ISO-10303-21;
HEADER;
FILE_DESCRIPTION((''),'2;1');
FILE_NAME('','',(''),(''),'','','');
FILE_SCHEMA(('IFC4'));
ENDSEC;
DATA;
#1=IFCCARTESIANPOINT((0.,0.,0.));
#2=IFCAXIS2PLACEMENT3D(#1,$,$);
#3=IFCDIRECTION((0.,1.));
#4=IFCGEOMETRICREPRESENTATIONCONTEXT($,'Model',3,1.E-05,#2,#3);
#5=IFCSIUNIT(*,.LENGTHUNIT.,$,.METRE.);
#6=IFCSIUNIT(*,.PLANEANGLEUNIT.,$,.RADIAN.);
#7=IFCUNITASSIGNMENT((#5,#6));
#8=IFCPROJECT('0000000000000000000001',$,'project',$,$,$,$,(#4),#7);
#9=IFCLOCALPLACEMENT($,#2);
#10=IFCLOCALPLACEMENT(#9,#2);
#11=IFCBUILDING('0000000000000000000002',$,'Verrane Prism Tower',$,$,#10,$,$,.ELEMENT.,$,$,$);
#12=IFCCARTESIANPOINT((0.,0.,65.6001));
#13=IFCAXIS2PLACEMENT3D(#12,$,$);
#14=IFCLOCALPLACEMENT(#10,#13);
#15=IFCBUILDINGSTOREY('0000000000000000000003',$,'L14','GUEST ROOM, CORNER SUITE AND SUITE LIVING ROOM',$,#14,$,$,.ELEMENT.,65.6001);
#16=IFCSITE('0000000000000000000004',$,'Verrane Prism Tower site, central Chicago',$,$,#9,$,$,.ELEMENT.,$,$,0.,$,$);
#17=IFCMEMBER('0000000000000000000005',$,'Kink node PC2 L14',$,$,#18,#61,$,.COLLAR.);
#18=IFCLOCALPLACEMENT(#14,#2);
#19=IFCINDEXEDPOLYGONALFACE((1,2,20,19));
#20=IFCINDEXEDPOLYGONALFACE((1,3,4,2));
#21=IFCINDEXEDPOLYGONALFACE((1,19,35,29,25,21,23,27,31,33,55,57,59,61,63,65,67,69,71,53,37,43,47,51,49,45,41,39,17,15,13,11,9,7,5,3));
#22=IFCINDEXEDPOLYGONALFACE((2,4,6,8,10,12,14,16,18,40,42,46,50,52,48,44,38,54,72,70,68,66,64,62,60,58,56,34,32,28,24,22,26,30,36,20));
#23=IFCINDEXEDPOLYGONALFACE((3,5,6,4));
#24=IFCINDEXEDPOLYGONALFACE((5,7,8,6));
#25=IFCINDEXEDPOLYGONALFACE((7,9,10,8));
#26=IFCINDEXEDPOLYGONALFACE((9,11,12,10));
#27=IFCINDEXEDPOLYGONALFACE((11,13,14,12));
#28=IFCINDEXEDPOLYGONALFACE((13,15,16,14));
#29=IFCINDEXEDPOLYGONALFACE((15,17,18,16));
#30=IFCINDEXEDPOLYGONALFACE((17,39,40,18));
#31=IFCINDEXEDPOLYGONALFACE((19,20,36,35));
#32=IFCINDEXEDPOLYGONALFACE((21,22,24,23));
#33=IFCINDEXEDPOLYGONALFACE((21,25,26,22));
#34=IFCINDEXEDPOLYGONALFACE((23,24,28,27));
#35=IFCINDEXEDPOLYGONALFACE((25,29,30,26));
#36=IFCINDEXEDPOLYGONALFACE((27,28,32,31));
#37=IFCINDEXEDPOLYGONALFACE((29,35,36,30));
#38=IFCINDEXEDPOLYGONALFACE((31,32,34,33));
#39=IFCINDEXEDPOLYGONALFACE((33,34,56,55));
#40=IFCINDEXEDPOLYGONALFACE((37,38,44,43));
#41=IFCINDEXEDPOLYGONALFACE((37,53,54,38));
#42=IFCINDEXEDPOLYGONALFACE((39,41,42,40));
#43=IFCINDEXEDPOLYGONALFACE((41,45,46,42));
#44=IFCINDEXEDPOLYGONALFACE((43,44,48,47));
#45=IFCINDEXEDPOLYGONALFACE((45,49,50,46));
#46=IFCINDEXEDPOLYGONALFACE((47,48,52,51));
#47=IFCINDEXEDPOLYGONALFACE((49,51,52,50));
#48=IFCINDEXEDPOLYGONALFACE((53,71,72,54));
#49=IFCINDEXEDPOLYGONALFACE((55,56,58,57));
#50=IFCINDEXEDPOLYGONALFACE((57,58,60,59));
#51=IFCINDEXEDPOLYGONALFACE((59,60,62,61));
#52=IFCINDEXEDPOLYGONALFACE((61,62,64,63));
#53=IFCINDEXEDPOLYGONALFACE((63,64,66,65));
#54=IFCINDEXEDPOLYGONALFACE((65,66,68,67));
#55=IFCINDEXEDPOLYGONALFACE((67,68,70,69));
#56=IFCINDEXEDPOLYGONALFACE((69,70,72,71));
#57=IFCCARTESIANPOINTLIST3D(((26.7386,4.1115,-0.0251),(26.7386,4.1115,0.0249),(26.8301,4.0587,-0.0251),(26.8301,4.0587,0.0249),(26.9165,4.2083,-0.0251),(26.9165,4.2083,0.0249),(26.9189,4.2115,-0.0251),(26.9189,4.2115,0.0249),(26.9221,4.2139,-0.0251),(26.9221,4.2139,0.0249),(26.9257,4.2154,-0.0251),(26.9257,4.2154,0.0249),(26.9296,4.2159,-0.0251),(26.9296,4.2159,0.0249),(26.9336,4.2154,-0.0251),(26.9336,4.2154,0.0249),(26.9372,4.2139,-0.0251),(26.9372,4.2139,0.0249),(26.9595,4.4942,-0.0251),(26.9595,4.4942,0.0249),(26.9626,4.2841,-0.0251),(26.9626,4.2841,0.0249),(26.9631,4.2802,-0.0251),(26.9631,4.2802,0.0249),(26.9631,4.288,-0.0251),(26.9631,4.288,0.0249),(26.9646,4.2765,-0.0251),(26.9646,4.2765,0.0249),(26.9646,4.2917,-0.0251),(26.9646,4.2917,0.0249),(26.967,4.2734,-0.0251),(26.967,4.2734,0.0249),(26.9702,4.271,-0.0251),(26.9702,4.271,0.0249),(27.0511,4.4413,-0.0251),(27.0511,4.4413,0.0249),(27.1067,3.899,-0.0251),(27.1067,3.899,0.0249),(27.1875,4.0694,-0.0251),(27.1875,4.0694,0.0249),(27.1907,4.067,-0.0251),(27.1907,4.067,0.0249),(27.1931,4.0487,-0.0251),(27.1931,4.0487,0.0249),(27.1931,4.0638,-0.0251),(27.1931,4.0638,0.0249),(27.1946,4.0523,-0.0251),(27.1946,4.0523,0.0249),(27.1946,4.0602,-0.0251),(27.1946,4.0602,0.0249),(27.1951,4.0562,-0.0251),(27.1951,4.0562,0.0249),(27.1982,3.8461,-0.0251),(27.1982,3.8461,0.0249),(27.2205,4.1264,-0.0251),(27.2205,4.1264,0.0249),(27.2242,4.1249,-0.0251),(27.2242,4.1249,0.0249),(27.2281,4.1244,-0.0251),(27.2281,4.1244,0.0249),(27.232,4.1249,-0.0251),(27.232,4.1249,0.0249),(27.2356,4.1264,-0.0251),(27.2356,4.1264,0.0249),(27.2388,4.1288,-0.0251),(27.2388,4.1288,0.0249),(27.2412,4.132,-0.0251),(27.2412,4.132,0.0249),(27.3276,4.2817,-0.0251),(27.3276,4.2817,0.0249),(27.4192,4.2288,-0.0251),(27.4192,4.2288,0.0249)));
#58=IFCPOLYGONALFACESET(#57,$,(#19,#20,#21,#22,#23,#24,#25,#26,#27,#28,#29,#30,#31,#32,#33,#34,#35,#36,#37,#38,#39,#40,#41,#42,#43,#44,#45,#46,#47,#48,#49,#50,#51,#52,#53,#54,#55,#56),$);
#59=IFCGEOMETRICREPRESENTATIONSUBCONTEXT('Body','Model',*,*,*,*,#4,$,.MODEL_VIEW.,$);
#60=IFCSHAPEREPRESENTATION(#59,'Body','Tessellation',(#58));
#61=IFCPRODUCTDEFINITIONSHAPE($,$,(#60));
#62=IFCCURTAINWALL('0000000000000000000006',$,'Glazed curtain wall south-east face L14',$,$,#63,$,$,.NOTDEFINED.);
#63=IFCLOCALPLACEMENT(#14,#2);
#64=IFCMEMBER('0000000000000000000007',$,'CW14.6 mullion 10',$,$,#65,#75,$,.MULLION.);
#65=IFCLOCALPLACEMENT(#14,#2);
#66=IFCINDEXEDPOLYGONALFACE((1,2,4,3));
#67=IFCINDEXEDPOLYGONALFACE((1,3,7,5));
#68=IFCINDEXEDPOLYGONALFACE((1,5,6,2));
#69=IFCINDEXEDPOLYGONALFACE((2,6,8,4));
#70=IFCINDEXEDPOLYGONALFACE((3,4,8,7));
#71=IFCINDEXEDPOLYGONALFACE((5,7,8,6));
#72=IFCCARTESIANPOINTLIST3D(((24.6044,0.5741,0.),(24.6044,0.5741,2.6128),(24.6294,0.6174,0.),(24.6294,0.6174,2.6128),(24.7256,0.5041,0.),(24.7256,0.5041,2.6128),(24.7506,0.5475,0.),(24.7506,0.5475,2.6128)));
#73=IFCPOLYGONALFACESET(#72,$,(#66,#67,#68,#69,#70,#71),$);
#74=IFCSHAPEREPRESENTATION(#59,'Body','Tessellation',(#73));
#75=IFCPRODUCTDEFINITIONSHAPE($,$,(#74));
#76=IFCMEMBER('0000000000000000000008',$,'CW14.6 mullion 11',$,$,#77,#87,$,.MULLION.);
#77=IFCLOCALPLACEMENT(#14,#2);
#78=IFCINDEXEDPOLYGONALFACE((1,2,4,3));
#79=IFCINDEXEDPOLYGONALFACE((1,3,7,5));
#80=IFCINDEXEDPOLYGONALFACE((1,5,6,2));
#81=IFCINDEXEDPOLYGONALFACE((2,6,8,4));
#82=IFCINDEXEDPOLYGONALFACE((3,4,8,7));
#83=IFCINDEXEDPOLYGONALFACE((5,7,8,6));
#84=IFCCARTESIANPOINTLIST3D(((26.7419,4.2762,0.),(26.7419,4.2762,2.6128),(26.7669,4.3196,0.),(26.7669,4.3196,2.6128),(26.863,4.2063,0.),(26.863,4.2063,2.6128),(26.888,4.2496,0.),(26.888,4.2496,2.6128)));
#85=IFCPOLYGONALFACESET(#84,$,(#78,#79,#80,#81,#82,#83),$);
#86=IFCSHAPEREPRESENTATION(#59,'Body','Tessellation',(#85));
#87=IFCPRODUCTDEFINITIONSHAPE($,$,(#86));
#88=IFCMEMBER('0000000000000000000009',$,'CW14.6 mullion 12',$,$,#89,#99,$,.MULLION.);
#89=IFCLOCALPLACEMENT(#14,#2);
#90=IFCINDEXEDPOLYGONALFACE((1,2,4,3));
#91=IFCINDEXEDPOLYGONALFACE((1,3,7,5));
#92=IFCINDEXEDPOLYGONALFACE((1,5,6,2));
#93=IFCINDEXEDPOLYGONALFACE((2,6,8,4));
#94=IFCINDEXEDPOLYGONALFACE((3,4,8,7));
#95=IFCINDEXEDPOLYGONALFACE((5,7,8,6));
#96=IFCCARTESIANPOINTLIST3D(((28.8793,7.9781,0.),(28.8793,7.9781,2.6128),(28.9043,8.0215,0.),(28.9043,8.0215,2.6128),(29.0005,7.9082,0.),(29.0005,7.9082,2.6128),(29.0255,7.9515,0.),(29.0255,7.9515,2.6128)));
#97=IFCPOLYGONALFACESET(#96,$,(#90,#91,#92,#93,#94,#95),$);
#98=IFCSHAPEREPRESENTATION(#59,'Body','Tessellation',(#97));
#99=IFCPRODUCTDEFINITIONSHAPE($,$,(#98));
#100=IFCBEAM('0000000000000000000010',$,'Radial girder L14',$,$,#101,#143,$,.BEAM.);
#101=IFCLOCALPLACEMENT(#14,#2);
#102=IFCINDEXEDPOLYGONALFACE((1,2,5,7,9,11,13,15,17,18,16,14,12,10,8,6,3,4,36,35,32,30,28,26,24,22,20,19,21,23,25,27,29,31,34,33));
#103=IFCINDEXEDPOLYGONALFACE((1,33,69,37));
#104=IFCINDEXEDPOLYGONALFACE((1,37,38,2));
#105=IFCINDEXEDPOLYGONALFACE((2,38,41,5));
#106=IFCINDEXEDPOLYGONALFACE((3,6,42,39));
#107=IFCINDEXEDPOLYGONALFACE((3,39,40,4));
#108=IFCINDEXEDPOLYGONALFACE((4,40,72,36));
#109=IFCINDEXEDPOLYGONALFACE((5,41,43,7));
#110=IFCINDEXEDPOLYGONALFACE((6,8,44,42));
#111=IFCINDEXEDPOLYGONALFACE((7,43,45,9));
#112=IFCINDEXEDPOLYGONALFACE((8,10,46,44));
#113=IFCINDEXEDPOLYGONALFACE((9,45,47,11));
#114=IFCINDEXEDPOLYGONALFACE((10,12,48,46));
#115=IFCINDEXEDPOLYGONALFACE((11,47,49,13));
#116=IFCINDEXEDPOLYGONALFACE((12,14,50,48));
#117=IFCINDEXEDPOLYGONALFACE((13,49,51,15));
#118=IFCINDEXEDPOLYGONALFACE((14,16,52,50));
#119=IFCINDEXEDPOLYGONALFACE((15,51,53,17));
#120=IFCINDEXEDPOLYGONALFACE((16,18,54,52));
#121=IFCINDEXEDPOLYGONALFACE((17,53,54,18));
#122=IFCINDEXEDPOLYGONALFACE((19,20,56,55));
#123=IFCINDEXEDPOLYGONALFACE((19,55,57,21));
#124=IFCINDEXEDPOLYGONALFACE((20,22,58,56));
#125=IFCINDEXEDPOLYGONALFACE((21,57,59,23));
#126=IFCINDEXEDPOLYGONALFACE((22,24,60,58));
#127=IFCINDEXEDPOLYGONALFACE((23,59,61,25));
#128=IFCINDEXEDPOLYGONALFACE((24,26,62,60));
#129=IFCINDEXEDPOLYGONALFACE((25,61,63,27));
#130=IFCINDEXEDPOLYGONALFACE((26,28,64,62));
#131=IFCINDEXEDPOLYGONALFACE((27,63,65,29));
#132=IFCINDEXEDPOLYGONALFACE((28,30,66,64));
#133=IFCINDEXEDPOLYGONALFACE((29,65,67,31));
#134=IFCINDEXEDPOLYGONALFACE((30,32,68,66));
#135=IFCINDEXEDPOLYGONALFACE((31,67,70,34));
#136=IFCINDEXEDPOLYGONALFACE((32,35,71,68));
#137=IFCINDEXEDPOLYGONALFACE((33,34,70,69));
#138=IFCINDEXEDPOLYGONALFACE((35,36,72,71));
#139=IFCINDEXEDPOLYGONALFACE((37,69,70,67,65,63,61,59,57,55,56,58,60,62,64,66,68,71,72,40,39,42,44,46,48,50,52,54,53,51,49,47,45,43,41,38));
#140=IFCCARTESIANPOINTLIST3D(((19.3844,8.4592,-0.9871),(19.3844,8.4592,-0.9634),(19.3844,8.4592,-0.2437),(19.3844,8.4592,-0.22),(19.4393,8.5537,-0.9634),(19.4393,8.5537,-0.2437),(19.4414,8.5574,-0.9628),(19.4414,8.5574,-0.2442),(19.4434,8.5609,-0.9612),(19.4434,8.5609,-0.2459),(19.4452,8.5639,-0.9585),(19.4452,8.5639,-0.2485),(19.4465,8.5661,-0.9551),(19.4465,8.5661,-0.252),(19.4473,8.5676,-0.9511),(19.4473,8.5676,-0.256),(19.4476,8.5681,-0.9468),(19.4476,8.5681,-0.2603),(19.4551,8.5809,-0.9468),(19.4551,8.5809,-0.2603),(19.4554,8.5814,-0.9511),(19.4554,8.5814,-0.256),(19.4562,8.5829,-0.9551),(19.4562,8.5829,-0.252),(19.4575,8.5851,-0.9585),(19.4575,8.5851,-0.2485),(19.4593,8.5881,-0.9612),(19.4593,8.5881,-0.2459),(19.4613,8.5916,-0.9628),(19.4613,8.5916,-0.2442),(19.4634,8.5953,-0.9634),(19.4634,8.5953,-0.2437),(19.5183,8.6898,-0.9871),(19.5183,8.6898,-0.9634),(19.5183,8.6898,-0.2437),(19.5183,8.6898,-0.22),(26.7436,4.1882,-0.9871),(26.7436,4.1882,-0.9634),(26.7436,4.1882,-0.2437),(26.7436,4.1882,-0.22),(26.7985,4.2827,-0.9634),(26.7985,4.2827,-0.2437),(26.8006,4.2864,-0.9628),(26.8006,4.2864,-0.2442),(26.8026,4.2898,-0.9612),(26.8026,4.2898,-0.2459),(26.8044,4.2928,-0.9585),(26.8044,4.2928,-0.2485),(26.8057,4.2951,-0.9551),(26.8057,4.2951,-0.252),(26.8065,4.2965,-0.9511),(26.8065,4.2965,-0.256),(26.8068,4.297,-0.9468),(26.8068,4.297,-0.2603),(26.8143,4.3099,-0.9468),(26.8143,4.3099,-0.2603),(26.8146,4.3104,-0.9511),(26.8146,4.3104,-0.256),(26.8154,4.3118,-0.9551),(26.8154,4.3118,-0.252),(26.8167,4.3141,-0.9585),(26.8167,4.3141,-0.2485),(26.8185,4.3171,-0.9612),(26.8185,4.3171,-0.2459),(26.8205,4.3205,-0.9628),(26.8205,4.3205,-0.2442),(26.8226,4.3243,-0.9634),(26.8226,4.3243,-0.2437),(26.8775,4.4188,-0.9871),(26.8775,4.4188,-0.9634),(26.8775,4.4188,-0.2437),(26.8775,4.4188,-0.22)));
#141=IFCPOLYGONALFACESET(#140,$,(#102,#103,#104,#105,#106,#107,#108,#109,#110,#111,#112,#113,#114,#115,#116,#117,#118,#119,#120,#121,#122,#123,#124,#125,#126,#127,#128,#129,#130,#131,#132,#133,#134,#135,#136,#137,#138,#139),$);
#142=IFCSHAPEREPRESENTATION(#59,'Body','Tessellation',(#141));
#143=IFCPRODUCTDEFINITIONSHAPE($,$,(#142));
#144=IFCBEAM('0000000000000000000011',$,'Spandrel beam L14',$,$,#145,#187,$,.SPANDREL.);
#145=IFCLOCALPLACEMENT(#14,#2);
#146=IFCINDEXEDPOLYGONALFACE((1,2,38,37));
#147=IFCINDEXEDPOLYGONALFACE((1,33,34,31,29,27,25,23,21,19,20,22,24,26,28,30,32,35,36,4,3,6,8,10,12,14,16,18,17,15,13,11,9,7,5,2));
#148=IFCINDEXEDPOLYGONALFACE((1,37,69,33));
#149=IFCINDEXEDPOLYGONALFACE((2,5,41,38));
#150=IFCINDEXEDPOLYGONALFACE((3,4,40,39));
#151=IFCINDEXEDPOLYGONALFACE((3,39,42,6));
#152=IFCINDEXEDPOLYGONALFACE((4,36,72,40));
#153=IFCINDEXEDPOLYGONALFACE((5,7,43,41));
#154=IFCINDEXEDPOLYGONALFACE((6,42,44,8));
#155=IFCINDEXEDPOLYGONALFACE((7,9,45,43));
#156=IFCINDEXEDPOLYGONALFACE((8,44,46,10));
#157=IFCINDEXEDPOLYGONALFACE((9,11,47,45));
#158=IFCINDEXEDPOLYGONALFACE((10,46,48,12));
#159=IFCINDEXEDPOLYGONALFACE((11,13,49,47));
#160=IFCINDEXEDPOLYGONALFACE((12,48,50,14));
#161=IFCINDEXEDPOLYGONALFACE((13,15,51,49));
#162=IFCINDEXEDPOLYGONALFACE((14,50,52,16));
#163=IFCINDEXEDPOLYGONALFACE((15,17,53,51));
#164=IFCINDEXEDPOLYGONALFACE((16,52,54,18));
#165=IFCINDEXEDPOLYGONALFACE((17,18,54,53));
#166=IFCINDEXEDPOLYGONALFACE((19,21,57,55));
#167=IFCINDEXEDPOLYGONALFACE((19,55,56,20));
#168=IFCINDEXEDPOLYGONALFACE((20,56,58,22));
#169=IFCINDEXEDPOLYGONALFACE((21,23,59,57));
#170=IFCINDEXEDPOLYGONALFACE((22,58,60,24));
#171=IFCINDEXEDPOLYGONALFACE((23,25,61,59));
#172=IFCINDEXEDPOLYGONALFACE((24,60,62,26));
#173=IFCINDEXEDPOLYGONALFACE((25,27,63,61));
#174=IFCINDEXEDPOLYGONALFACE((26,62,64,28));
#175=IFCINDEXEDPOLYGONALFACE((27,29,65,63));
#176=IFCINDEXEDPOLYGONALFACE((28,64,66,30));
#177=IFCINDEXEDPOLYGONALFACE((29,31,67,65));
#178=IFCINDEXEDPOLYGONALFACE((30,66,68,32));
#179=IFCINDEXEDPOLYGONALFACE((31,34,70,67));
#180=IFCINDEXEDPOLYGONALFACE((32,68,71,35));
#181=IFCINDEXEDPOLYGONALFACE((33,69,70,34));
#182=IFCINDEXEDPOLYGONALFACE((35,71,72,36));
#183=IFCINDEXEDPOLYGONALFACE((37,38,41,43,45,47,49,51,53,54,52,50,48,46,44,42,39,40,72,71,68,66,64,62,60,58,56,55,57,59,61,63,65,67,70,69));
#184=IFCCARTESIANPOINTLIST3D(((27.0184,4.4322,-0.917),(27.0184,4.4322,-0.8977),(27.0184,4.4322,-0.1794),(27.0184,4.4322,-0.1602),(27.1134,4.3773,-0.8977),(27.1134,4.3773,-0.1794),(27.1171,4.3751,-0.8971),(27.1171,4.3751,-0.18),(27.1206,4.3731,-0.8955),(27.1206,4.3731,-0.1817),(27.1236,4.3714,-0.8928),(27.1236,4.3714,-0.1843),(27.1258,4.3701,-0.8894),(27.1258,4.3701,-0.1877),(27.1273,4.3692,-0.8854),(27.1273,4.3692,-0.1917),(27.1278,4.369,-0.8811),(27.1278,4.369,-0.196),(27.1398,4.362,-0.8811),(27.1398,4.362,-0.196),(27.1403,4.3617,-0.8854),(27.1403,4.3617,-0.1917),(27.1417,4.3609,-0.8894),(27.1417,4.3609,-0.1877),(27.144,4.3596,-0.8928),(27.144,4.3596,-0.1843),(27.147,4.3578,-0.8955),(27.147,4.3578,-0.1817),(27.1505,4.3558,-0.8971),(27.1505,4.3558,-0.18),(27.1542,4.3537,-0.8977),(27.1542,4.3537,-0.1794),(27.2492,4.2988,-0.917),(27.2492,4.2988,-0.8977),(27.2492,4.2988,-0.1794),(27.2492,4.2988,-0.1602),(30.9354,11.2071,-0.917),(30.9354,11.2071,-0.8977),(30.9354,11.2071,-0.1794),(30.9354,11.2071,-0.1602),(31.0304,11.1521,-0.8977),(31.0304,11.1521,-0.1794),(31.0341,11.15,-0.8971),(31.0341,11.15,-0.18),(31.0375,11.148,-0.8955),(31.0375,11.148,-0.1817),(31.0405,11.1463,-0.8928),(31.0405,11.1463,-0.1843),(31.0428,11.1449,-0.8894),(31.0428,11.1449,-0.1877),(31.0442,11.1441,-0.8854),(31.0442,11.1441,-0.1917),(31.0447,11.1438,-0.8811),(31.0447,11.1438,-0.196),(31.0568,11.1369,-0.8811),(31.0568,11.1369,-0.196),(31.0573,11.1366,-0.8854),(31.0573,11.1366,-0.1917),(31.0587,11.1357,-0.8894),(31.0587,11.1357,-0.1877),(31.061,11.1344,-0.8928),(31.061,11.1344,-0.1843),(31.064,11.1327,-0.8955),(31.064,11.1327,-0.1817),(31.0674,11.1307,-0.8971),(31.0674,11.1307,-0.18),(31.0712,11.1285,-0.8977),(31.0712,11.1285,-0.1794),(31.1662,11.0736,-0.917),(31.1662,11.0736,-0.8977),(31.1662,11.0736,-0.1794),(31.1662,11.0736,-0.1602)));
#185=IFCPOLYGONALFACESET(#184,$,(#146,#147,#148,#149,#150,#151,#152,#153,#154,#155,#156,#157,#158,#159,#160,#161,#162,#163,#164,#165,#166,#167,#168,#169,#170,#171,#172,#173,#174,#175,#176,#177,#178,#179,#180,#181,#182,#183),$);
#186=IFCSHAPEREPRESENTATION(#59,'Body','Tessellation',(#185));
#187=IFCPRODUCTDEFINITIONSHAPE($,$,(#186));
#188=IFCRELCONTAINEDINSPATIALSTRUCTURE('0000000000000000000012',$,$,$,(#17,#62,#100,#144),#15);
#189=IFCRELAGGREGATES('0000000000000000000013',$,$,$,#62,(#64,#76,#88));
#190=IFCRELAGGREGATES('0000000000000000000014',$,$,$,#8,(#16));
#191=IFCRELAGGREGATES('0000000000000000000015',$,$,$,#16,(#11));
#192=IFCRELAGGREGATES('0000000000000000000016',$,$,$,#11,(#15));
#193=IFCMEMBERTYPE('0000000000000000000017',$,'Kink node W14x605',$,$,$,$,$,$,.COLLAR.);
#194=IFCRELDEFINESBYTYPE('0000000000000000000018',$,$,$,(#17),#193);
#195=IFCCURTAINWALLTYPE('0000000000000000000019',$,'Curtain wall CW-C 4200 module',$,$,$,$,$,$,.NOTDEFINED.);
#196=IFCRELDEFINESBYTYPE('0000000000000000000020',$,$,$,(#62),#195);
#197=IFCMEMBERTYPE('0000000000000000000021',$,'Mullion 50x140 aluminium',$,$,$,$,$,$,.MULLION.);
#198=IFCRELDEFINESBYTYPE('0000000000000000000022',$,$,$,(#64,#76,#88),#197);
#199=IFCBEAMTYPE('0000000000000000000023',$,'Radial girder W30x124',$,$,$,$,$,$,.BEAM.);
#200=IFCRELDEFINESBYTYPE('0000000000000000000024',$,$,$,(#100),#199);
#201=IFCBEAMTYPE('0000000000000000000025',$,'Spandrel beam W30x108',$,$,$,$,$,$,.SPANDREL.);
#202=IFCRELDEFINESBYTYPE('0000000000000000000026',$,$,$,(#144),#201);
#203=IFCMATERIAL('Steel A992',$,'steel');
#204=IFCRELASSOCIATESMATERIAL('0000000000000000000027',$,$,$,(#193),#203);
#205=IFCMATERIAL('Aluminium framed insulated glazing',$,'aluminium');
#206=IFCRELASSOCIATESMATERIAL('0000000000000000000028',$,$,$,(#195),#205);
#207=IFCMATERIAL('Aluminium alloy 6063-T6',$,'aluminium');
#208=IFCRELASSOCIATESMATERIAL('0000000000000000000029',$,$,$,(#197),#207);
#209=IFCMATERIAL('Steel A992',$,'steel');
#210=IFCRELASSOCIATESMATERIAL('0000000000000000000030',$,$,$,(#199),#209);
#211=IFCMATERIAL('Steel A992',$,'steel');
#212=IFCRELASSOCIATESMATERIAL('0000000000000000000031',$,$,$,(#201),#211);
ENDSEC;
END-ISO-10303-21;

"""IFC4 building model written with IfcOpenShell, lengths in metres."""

from ifc_helpers import new_model, si_unit, direction, frame, origin, origin_2d, place, context, subcontext, project, spatial, rectangle, i_section, extrude, material, material_profile, profile_set, type_object, element, aggregate, save


model = new_model("IFC4")

# Units and contexts
model_context = context("Model", 3, precision=1e-05, world=origin(), true_north=direction((0.0, 1.0)))
body_context = subcontext(model_context, "Body", "Model", "MODEL_VIEW")
ifc_project = project(units=[si_unit("LENGTHUNIT", "METRE"), si_unit("PLANEANGLEUNIT", "RADIAN")], contexts=[model_context])

# Site, building, storey
site_placement = place(None, origin())
site = spatial("IfcSite", under=ifc_project, at=site_placement, Name="Verrane Prism Tower site, central Chicago", CompositionType="ELEMENT", RefElevation=0.0)
building_placement = place(site_placement, origin())
building = spatial("IfcBuilding", under=site, at=building_placement, Name="Verrane Prism Tower", CompositionType="ELEMENT")
storey_placement = place(building_placement, frame((0.0, 0.0, 65.6001)))
storey = spatial("IfcBuildingStorey", under=building, at=storey_placement, Name="L14", Description="GUEST ROOM, CORNER SUITE AND SUITE LIVING ROOM", CompositionType="ELEMENT", Elevation=65.6001)

# Member
ifc_material_1 = material(Name="Steel A992", Category="steel")
ifc_material_profile_1 = material_profile(ifc_material_1, i_section(OverallWidth=0.4419, OverallDepth=0.5308, WebThickness=0.0659, FlangeThickness=0.1057, FilletRadius=0.0151, at=origin_2d()), Name="W14x605")
ifc_profile_set_1 = profile_set([ifc_material_profile_1], Name="Steel A992")
member_type_1 = type_object("IfcMemberType", Name="Kink node W14x605", PredefinedType="COLLAR", material=ifc_profile_set_1)
member_1_placement = place(storey_placement, frame((27.0789, 4.1702, -0.0251), z_axis=(0.0, 0.0, 1.0), x_axis=(-0.5, -0.866025, 0.0)))
element("IfcMember", 1, at=member_1_placement, inside=storey, type_object=member_type_1, Name="Kink node PC2 L14", PredefinedType="COLLAR", context=body_context, shape_type="SweptSolid", body=[
    extrude(i_section(OverallWidth=0.4419, OverallDepth=0.5308, WebThickness=0.0659, FlangeThickness=0.1057, FilletRadius=0.0151, at=origin_2d()), origin(), (0.0, 0.0, 1.0), 0.05),
])

# Curtain wall, members
ifc_material_2 = material(Name="Aluminium framed insulated glazing", Category="aluminium")
curtain_wall_type = type_object("IfcCurtainWallType", Name="Curtain wall CW-C 4200 module", PredefinedType="NOTDEFINED", material=ifc_material_2)
curtain_wall_placement = place(storey_placement, origin())
curtain_wall = element("IfcCurtainWall", 2, at=curtain_wall_placement, inside=storey, type_object=curtain_wall_type, Name="Glazed curtain wall south-east face L14", PredefinedType="NOTDEFINED")
ifc_material_3 = material(Name="Aluminium alloy 6063-T6", Category="aluminium")
ifc_material_profile_2 = material_profile(ifc_material_3, rectangle(XDim=0.1399, YDim=0.05, at=origin_2d()), Name="Mullion 50x140 aluminium")
ifc_profile_set_2 = profile_set([ifc_material_profile_2], Name="Aluminium alloy 6063-T6")
member_type_2 = type_object("IfcMemberType", Name="Mullion 50x140 aluminium", PredefinedType="MULLION", material=ifc_profile_set_2)
member_2_placement = place(storey_placement, frame((24.6775, 0.5608, 0.0), z_axis=(0.0, 0.0, 1.0), x_axis=(-0.866025, 0.5, 0.0)))
member_2 = element("IfcMember", 3, at=member_2_placement, type_object=member_type_2, Name="CW14.6 mullion 10", PredefinedType="MULLION", context=body_context, shape_type="SweptSolid", body=[
    extrude(rectangle(XDim=0.1399, YDim=0.05, at=origin_2d()), origin(), (0.0, 0.0, 1.0), 2.6128),
])
member_3_placement = place(storey_placement, frame((26.8149, 4.2629, 0.0), z_axis=(0.0, 0.0, 1.0), x_axis=(-0.866025, 0.5, 0.0)))
member_3 = element("IfcMember", 4, at=member_3_placement, type_object=member_type_2, Name="CW14.6 mullion 11", PredefinedType="MULLION", context=body_context, shape_type="SweptSolid", body=[
    extrude(rectangle(XDim=0.1399, YDim=0.05, at=origin_2d()), origin(), (0.0, 0.0, 1.0), 2.6128),
])
member_4_placement = place(storey_placement, frame((28.9524, 7.9648, 0.0), z_axis=(0.0, 0.0, 1.0), x_axis=(-0.866025, 0.5, 0.0)))
member_4 = element("IfcMember", 5, at=member_4_placement, type_object=member_type_2, Name="CW14.6 mullion 12", PredefinedType="MULLION", context=body_context, shape_type="SweptSolid", body=[
    extrude(rectangle(XDim=0.1399, YDim=0.05, at=origin_2d()), origin(), (0.0, 0.0, 1.0), 2.6128),
])

# Beams
ifc_material_4 = material(Name="Steel A992", Category="steel")
ifc_material_profile_3 = material_profile(ifc_material_4, i_section(OverallWidth=0.2666, OverallDepth=0.7671, WebThickness=0.0149, FlangeThickness=0.0237, FilletRadius=0.0166, at=origin_2d()), Name="W30x124")
ifc_profile_set_3 = profile_set([ifc_material_profile_3], Name="Steel A992")
beam_type_1 = type_object("IfcBeamType", Name="Radial girder W30x124", PredefinedType="BEAM", material=ifc_profile_set_3)
beam_1_placement = place(storey_placement, frame((26.8105, 4.3035, -0.6035), z_axis=(-0.864893, 0.501956, 0.0), x_axis=(-0.501956, -0.864893, 0.0)))
element("IfcBeam", 6, at=beam_1_placement, inside=storey, type_object=beam_type_1, Name="Radial girder L14", PredefinedType="BEAM", context=body_context, shape_type="SweptSolid", body=[
    extrude(i_section(OverallWidth=0.2666, OverallDepth=0.7671, WebThickness=0.0149, FlangeThickness=0.0237, FilletRadius=0.0166, at=origin_2d()), origin(), (0.0, 0.0, 1.0), 8.5088),
])
ifc_material_5 = material(Name="Steel A992", Category="steel")
ifc_material_profile_4 = material_profile(ifc_material_5, i_section(OverallWidth=0.2666, OverallDepth=0.7568, WebThickness=0.0139, FlangeThickness=0.0193, FilletRadius=0.0166, at=origin_2d()), Name="W30x108")
ifc_profile_set_4 = profile_set([ifc_material_profile_4], Name="Steel A992")
beam_type_2 = type_object("IfcBeamType", Name="Spandrel beam W30x108", PredefinedType="SPANDREL", material=ifc_profile_set_4)
beam_2_placement = place(storey_placement, frame((27.1338, 4.3655, -0.5386), z_axis=(0.500527, 0.865721, 0.0), x_axis=(-0.865721, 0.500527, 0.0)))
element("IfcBeam", 7, at=beam_2_placement, inside=storey, type_object=beam_type_2, Name="Spandrel beam L14", PredefinedType="SPANDREL", context=body_context, shape_type="SweptSolid", body=[
    extrude(i_section(OverallWidth=0.2666, OverallDepth=0.7568, WebThickness=0.0139, FlangeThickness=0.0193, FilletRadius=0.0166, at=origin_2d()), origin(), (0.0, 0.0, 1.0), 7.8257),
])

aggregate(curtain_wall, [member_2, member_3, member_4])

save(model, "model.ifc")
